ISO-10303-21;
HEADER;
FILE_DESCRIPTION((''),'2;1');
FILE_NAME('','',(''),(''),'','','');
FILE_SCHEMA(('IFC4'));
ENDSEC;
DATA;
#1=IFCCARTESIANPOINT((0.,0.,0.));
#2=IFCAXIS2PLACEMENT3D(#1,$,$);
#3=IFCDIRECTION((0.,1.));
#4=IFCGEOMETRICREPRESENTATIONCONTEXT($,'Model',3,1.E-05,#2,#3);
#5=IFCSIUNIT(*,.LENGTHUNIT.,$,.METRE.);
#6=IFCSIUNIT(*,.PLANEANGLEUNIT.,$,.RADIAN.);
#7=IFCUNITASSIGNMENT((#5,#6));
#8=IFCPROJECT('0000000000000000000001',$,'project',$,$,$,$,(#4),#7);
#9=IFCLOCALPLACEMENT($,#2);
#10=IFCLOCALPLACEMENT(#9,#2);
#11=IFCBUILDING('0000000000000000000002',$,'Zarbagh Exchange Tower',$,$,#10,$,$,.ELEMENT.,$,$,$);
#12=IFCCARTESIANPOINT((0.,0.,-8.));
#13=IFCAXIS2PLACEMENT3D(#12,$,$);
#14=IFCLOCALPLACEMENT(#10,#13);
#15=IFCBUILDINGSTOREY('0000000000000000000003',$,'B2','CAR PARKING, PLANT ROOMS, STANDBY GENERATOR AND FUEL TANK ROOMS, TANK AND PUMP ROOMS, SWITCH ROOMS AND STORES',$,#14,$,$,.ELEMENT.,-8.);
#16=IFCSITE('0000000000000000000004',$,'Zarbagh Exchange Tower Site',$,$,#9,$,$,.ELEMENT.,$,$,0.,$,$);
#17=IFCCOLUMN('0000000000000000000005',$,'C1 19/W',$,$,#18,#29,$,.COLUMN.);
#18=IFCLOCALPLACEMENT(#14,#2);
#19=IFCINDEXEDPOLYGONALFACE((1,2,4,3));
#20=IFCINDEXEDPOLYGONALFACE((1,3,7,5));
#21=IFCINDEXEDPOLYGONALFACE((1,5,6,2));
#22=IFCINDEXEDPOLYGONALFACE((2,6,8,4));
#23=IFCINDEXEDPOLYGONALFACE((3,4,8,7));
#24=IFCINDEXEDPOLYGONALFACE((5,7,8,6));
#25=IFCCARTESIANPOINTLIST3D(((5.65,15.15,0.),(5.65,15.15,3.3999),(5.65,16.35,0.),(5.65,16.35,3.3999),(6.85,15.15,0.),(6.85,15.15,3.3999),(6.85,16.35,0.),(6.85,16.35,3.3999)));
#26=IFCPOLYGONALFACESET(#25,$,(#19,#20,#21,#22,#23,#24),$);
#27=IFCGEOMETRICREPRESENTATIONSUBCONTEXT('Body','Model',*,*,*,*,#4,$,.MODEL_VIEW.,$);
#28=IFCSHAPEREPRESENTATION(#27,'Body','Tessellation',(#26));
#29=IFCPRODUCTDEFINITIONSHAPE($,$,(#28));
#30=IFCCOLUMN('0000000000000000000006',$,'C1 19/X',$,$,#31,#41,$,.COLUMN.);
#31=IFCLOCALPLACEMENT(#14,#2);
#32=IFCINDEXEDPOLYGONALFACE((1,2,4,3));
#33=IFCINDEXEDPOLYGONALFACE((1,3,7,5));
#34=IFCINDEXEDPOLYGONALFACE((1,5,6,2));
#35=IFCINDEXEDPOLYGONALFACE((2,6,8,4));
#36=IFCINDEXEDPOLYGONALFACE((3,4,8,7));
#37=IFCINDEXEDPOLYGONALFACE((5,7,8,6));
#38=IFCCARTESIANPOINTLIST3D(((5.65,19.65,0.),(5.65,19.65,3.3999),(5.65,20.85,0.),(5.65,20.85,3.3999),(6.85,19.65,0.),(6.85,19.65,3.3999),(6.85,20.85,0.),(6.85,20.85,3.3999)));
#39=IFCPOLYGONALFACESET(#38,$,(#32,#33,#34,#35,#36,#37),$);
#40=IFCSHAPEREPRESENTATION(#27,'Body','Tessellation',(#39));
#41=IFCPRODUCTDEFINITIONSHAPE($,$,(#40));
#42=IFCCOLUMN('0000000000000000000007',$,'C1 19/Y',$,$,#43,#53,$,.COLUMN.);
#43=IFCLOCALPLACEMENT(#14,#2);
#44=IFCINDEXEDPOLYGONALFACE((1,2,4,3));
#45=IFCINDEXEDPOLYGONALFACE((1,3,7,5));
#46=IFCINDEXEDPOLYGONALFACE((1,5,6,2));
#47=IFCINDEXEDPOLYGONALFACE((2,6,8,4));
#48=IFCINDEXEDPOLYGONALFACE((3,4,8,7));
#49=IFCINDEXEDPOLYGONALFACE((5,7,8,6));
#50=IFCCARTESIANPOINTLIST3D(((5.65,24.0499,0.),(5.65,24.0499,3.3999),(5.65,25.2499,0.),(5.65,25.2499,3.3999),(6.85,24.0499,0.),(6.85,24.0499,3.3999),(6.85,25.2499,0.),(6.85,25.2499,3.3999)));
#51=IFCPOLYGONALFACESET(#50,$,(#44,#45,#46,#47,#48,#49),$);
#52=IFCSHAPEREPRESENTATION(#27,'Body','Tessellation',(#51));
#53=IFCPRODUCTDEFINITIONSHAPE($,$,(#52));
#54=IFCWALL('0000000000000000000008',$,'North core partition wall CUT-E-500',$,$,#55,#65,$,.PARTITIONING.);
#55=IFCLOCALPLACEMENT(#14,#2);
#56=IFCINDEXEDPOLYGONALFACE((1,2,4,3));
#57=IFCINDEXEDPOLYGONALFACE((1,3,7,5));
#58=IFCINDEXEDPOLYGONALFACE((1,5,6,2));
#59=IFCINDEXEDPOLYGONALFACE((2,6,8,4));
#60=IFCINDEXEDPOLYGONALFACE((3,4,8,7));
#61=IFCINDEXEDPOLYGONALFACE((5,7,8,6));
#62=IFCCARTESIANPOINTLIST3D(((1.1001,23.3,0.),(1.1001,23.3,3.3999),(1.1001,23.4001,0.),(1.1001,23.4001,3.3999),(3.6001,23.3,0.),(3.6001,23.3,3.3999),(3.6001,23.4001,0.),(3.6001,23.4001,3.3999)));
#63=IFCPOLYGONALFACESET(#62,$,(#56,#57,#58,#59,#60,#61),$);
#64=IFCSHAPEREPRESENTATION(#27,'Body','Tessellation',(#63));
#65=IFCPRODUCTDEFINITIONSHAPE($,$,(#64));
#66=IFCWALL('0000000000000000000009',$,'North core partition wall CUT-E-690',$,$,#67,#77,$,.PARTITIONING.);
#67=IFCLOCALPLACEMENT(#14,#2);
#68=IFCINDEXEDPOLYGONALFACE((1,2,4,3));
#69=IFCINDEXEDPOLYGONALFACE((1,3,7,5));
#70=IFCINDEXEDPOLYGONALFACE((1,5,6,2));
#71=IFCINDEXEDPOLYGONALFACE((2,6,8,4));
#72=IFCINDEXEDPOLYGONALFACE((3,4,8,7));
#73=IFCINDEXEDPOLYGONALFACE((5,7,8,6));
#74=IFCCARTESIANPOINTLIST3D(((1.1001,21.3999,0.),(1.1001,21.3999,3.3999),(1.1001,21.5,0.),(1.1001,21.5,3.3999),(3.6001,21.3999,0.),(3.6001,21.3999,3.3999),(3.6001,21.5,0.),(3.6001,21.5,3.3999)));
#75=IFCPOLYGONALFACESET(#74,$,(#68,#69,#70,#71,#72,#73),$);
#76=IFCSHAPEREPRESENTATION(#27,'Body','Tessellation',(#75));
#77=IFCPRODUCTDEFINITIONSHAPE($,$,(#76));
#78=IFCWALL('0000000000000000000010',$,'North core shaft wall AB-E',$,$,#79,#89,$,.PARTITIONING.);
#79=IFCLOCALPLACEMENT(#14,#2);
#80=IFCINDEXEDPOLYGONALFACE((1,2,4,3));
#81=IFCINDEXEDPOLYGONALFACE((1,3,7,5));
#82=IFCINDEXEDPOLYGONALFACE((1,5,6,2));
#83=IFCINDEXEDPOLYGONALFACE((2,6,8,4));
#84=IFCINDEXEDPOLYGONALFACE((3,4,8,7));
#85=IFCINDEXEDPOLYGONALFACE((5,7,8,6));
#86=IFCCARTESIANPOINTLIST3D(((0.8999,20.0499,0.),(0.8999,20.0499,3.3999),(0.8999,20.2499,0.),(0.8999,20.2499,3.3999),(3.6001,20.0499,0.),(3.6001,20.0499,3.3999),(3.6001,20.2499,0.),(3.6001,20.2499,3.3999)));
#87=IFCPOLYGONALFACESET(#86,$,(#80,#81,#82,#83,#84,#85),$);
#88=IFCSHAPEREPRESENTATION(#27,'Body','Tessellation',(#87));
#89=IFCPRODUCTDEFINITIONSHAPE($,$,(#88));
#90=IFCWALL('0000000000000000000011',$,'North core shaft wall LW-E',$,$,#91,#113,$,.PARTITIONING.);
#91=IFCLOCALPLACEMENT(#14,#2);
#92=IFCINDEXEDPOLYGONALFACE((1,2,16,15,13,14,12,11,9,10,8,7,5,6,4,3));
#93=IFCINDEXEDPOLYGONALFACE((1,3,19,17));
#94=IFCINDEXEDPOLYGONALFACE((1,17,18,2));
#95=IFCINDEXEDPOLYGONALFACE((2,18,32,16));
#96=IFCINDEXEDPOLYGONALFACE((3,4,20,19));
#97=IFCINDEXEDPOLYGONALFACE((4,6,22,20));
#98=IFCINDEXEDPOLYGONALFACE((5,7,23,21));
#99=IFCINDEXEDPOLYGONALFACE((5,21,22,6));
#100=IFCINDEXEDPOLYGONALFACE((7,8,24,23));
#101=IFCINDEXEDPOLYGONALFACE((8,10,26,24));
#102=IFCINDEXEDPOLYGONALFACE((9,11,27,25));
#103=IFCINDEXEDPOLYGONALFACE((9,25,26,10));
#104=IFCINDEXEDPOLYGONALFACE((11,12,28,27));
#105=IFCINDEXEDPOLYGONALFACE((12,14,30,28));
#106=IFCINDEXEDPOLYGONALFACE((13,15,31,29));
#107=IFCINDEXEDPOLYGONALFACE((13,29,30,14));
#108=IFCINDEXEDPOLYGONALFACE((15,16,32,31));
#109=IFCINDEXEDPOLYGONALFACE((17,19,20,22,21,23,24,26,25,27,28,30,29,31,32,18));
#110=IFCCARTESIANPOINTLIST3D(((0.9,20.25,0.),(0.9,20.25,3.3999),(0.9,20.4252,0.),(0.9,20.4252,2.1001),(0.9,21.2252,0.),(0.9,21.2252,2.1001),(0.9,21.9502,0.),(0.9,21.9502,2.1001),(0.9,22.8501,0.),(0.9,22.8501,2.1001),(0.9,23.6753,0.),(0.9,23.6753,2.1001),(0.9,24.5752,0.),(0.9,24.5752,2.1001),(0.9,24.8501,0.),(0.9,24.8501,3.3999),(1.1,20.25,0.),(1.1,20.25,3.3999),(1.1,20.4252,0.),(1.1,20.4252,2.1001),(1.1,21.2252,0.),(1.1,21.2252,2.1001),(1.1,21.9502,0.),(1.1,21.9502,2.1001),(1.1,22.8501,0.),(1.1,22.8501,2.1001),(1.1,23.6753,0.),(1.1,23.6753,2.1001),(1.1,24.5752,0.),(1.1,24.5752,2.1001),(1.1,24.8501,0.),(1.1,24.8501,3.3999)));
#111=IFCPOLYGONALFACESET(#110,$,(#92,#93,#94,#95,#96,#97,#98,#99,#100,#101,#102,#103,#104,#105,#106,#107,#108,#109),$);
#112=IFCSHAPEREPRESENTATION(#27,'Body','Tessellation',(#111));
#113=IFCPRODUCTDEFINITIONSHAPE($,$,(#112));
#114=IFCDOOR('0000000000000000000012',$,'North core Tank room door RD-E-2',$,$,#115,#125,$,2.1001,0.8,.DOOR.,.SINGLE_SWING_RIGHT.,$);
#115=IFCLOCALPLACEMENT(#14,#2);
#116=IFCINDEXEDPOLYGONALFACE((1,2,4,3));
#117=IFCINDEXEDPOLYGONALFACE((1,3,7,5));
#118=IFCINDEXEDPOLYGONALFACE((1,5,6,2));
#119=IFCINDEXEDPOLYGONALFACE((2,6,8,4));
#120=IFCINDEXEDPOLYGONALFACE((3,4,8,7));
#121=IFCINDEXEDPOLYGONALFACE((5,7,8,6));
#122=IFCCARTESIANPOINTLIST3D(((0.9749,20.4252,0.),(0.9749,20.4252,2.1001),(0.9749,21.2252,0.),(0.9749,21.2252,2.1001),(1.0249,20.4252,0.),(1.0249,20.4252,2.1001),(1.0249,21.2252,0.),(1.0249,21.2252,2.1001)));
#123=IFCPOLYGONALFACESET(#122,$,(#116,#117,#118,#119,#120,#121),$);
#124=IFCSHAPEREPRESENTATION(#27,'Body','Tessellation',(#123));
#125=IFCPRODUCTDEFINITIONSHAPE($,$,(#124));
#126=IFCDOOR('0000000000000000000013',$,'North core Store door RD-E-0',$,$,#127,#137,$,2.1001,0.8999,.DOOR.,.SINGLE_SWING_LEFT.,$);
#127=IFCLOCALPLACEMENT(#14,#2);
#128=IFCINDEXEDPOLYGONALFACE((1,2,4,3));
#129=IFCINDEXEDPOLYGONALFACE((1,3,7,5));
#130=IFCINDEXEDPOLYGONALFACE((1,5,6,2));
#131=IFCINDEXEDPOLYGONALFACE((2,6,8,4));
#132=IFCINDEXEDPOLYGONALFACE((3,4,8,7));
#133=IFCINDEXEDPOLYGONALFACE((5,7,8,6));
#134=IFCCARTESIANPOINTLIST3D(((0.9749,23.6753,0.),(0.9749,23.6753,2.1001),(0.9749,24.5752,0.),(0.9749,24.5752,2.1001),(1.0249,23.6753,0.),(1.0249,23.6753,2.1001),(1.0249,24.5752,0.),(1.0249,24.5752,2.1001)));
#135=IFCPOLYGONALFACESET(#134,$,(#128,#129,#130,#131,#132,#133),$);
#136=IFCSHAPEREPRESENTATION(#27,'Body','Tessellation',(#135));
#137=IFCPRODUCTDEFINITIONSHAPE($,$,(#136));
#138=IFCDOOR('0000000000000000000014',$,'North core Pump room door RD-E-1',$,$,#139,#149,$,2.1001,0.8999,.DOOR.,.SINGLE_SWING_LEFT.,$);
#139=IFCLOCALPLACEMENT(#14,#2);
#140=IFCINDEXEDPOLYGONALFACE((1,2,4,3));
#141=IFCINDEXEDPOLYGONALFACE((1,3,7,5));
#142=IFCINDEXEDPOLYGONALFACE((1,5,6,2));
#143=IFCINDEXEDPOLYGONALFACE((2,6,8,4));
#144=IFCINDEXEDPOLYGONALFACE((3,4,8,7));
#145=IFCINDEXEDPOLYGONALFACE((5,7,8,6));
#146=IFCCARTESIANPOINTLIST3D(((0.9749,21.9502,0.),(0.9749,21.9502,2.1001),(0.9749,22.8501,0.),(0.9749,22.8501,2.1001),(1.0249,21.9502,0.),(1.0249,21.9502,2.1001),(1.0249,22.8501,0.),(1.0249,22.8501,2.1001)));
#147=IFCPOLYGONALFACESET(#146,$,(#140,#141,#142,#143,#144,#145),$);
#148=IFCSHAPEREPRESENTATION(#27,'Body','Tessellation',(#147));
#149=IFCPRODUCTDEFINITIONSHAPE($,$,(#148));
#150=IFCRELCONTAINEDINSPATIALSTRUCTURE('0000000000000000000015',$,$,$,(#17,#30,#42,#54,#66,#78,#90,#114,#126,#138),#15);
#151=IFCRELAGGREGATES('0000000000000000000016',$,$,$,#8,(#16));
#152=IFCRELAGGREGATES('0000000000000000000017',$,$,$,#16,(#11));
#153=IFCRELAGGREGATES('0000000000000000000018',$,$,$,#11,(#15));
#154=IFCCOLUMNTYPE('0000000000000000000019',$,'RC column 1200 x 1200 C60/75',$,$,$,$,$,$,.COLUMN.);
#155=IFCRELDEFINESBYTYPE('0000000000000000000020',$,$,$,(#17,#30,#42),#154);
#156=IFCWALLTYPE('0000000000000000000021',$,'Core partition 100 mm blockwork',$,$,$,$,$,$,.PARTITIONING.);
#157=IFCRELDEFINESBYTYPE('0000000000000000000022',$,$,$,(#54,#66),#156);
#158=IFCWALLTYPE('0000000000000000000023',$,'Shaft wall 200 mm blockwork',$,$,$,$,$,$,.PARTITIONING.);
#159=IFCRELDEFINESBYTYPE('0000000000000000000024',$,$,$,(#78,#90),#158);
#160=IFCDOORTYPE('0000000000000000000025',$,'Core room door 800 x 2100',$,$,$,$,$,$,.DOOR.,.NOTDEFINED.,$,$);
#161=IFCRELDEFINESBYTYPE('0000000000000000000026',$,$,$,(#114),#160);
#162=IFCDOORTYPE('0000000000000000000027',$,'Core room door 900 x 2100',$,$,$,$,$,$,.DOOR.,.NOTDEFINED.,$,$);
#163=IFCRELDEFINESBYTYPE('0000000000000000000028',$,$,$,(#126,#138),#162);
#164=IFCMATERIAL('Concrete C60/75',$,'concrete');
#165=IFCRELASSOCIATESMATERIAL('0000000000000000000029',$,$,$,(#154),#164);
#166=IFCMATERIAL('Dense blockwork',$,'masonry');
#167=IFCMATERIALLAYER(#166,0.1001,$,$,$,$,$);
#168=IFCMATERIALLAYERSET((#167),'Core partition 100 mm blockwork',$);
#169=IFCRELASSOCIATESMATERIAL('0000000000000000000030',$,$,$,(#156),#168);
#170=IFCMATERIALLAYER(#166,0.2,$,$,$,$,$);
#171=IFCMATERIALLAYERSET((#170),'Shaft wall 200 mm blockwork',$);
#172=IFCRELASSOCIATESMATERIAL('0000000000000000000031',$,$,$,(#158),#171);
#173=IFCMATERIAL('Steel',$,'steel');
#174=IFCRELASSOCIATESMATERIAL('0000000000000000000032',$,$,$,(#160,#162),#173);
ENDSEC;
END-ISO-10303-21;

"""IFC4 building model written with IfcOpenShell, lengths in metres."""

from ifc_helpers import new_model, si_unit, direction, frame, frame_2d, origin, origin_2d, place, context, subcontext, project, spatial, rectangle, extrude, material, layer, layer_set, material_profile, profile_set, type_object, element, fill, save


model = new_model("IFC4")

# Units and contexts
model_context = context("Model", 3, precision=1e-05, world=origin(), true_north=direction((0.0, 1.0)))
body_context = subcontext(model_context, "Body", "Model", "MODEL_VIEW")
ifc_project = project(units=[si_unit("LENGTHUNIT", "METRE"), si_unit("PLANEANGLEUNIT", "RADIAN")], contexts=[model_context])

# Site, building, storey
site_placement = place(None, origin())
site = spatial("IfcSite", under=ifc_project, at=site_placement, Name="Zarbagh Exchange Tower Site", CompositionType="ELEMENT", RefElevation=0.0)
building_placement = place(site_placement, origin())
building = spatial("IfcBuilding", under=site, at=building_placement, Name="Zarbagh Exchange Tower", CompositionType="ELEMENT")
storey_placement = place(building_placement, frame((0.0, 0.0, -8.0)))
storey = spatial("IfcBuildingStorey", under=building, at=storey_placement, Name="B2", Description="CAR PARKING, PLANT ROOMS, STANDBY GENERATOR AND FUEL TANK ROOMS, TANK AND PUMP ROOMS, SWITCH ROOMS AND STORES", CompositionType="ELEMENT", Elevation=-8.0)

# Columns
ifc_material_1 = material(Name="Concrete C60/75", Category="concrete")
ifc_material_profile_1 = material_profile(ifc_material_1, rectangle(XDim=1.2, YDim=1.2, at=origin_2d()), Name="RC column 1200 x 1200 C60/75")
ifc_profile_set_1 = profile_set([ifc_material_profile_1], Name="Concrete C60/75")
column_type = type_object("IfcColumnType", Name="RC column 1200 x 1200 C60/75", PredefinedType="COLUMN", material=ifc_profile_set_1)
for number, where, z_axis, x_axis, name in (
    (1, (6.25, 15.75, 0.0), (0.0, 0.0, 1.0), (1.0, 0.0, 0.0), "C1 19/W"),
    (2, (6.25, 20.25, 0.0), (0.0, 0.0, 1.0), (1.0, 0.0, 0.0), "C1 19/X"),
    (3, (6.25, 24.6499, 0.0), (0.0, 0.0, 1.0), (1.0, 0.0, 0.0), "C1 19/Y"),
):
    element("IfcColumn", number, at=place(storey_placement, frame(where, z_axis=z_axis, x_axis=x_axis)), inside=storey, type_object=column_type, Name=name, PredefinedType="COLUMN", context=body_context, shape_type="SweptSolid", body=[
        extrude(rectangle(XDim=1.2, YDim=1.2, at=origin_2d()), origin(), (0.0, 0.0, 1.0), 3.3999),
    ])

# Walls
ifc_material_2 = material(Name="Dense blockwork", Category="masonry")
ifc_layer_1 = layer(ifc_material_2, 0.1001)
ifc_layer_set_1 = layer_set([ifc_layer_1], Name="Core partition 100 mm blockwork")
wall_type_1 = type_object("IfcWallType", Name="Core partition 100 mm blockwork", PredefinedType="PARTITIONING", material=ifc_layer_set_1)
for number, where, z_axis, x_axis, name in (
    (4, (1.1001, 23.3501, 0.0), (0.0, 0.0, 1.0), (1.0, 0.0, 0.0), "North core partition wall CUT-E-500"),
    (5, (1.1001, 21.45, 0.0), (0.0, 0.0, 1.0), (1.0, 0.0, 0.0), "North core partition wall CUT-E-690"),
):
    element("IfcWall", number, at=place(storey_placement, frame(where, z_axis=z_axis, x_axis=x_axis)), inside=storey, type_object=wall_type_1, Name=name, PredefinedType="PARTITIONING", context=body_context, shape_type="SweptSolid", body=[
        extrude(rectangle(XDim=2.5, YDim=0.1001, at=frame_2d((1.25, 0.0))), origin(), (0.0, 0.0, 1.0), 3.3999),
    ])
ifc_layer_2 = layer(ifc_material_2, 0.2)
ifc_layer_set_2 = layer_set([ifc_layer_2], Name="Shaft wall 200 mm blockwork")
wall_type_2 = type_object("IfcWallType", Name="Shaft wall 200 mm blockwork", PredefinedType="PARTITIONING", material=ifc_layer_set_2)
wall_1_placement = place(storey_placement, frame((0.8999, 20.1499, 0.0), z_axis=(0.0, 0.0, 1.0), x_axis=(1.0, 0.0, 0.0)))
element("IfcWall", 6, at=wall_1_placement, inside=storey, type_object=wall_type_2, Name="North core shaft wall AB-E", PredefinedType="PARTITIONING", context=body_context, shape_type="SweptSolid", body=[
    extrude(rectangle(XDim=2.7002, YDim=0.2, at=frame_2d((1.3501, 0.0))), origin(), (0.0, 0.0, 1.0), 3.3999),
])

# Wall, openings, doors
wall_2_placement = place(storey_placement, frame((1.0, 24.8501, 0.0), z_axis=(0.0, 0.0, 1.0), x_axis=(0.0, -1.0, 0.0)))
wall_2 = element("IfcWall", 7, at=wall_2_placement, inside=storey, type_object=wall_type_2, Name="North core shaft wall LW-E", PredefinedType="PARTITIONING", context=body_context, shape_type="SweptSolid", body=[
    extrude(rectangle(XDim=4.6001, YDim=0.2, at=frame_2d((2.3, 0.0))), origin(), (0.0, 0.0, 1.0), 3.3999),
])
opening_1_placement = place(wall_2_placement, frame((0.2749, 0.0, 0.0)))
opening_1 = element("IfcOpeningElement", 8, at=opening_1_placement, cuts=wall_2, PredefinedType="OPENING", context=body_context, shape_type="SweptSolid", body=[
    extrude(rectangle(XDim=0.8999, YDim=2.1001, at=frame_2d((0.45, 1.05))), frame((0.0, 0.1099, 0.0), z_axis=(0.0, -1.0, 0.0), x_axis=(1.0, 0.0, 0.0)), (0.0, 0.0, 1.0), 0.22),
])
opening_2_placement = place(wall_2_placement, frame((2.0, 0.0, 0.0)))
opening_2 = element("IfcOpeningElement", 9, at=opening_2_placement, cuts=wall_2, PredefinedType="OPENING", context=body_context, shape_type="SweptSolid", body=[
    extrude(rectangle(XDim=0.8999, YDim=2.1001, at=frame_2d((0.45, 1.05))), frame((0.0, 0.1099, 0.0), z_axis=(0.0, -1.0, 0.0), x_axis=(1.0, 0.0, 0.0)), (0.0, 0.0, 1.0), 0.22),
])
opening_3_placement = place(wall_2_placement, frame((3.625, 0.0, 0.0)))
opening_3 = element("IfcOpeningElement", 10, at=opening_3_placement, cuts=wall_2, PredefinedType="OPENING", context=body_context, shape_type="SweptSolid", body=[
    extrude(rectangle(XDim=0.8, YDim=2.1001, at=frame_2d((0.3999, 1.05))), frame((0.0, 0.1099, 0.0), z_axis=(0.0, -1.0, 0.0), x_axis=(1.0, 0.0, 0.0)), (0.0, 0.0, 1.0), 0.22),
])
ifc_material_3 = material(Name="Steel", Category="steel")
door_type_1 = type_object("IfcDoorType", Name="Core room door 800 x 2100", OperationType="NOTDEFINED", PredefinedType="DOOR", material=ifc_material_3)
door_1_placement = place(opening_3_placement, origin())
door_1 = element("IfcDoor", 11, at=door_1_placement, inside=storey, type_object=door_type_1, Name="North core Tank room door RD-E-2", OperationType="SINGLE_SWING_RIGHT", OverallHeight=2.1001, OverallWidth=0.8, PredefinedType="DOOR", context=body_context, shape_type="SweptSolid", body=[
    extrude(rectangle(XDim=0.8, YDim=2.1001, at=frame_2d((0.3999, 1.05))), frame((0.0, 0.0249, 0.0), z_axis=(0.0, -1.0, 0.0), x_axis=(1.0, 0.0, 0.0)), (0.0, 0.0, 1.0), 0.05),
])
fill(opening_3, door_1)
door_type_2 = type_object("IfcDoorType", Name="Core room door 900 x 2100", OperationType="NOTDEFINED", PredefinedType="DOOR", material=ifc_material_3)
door_2_placement = place(opening_1_placement, origin())
door_2 = element("IfcDoor", 12, at=door_2_placement, inside=storey, type_object=door_type_2, Name="North core Store door RD-E-0", OperationType="SINGLE_SWING_LEFT", OverallHeight=2.1001, OverallWidth=0.8999, PredefinedType="DOOR", context=body_context, shape_type="SweptSolid", body=[
    extrude(rectangle(XDim=0.8999, YDim=2.1001, at=frame_2d((0.45, 1.05))), frame((0.0, 0.0249, 0.0), z_axis=(0.0, -1.0, 0.0), x_axis=(1.0, 0.0, 0.0)), (0.0, 0.0, 1.0), 0.05),
])
fill(opening_1, door_2)
door_3_placement = place(opening_2_placement, origin())
door_3 = element("IfcDoor", 13, at=door_3_placement, inside=storey, type_object=door_type_2, Name="North core Pump room door RD-E-1", OperationType="SINGLE_SWING_LEFT", OverallHeight=2.1001, OverallWidth=0.8999, PredefinedType="DOOR", context=body_context, shape_type="SweptSolid", body=[
    extrude(rectangle(XDim=0.8999, YDim=2.1001, at=frame_2d((0.45, 1.05))), frame((0.0, 0.0249, 0.0), z_axis=(0.0, -1.0, 0.0), x_axis=(1.0, 0.0, 0.0)), (0.0, 0.0, 1.0), 0.05),
])
fill(opening_2, door_3)

save(model, "model.ifc")
